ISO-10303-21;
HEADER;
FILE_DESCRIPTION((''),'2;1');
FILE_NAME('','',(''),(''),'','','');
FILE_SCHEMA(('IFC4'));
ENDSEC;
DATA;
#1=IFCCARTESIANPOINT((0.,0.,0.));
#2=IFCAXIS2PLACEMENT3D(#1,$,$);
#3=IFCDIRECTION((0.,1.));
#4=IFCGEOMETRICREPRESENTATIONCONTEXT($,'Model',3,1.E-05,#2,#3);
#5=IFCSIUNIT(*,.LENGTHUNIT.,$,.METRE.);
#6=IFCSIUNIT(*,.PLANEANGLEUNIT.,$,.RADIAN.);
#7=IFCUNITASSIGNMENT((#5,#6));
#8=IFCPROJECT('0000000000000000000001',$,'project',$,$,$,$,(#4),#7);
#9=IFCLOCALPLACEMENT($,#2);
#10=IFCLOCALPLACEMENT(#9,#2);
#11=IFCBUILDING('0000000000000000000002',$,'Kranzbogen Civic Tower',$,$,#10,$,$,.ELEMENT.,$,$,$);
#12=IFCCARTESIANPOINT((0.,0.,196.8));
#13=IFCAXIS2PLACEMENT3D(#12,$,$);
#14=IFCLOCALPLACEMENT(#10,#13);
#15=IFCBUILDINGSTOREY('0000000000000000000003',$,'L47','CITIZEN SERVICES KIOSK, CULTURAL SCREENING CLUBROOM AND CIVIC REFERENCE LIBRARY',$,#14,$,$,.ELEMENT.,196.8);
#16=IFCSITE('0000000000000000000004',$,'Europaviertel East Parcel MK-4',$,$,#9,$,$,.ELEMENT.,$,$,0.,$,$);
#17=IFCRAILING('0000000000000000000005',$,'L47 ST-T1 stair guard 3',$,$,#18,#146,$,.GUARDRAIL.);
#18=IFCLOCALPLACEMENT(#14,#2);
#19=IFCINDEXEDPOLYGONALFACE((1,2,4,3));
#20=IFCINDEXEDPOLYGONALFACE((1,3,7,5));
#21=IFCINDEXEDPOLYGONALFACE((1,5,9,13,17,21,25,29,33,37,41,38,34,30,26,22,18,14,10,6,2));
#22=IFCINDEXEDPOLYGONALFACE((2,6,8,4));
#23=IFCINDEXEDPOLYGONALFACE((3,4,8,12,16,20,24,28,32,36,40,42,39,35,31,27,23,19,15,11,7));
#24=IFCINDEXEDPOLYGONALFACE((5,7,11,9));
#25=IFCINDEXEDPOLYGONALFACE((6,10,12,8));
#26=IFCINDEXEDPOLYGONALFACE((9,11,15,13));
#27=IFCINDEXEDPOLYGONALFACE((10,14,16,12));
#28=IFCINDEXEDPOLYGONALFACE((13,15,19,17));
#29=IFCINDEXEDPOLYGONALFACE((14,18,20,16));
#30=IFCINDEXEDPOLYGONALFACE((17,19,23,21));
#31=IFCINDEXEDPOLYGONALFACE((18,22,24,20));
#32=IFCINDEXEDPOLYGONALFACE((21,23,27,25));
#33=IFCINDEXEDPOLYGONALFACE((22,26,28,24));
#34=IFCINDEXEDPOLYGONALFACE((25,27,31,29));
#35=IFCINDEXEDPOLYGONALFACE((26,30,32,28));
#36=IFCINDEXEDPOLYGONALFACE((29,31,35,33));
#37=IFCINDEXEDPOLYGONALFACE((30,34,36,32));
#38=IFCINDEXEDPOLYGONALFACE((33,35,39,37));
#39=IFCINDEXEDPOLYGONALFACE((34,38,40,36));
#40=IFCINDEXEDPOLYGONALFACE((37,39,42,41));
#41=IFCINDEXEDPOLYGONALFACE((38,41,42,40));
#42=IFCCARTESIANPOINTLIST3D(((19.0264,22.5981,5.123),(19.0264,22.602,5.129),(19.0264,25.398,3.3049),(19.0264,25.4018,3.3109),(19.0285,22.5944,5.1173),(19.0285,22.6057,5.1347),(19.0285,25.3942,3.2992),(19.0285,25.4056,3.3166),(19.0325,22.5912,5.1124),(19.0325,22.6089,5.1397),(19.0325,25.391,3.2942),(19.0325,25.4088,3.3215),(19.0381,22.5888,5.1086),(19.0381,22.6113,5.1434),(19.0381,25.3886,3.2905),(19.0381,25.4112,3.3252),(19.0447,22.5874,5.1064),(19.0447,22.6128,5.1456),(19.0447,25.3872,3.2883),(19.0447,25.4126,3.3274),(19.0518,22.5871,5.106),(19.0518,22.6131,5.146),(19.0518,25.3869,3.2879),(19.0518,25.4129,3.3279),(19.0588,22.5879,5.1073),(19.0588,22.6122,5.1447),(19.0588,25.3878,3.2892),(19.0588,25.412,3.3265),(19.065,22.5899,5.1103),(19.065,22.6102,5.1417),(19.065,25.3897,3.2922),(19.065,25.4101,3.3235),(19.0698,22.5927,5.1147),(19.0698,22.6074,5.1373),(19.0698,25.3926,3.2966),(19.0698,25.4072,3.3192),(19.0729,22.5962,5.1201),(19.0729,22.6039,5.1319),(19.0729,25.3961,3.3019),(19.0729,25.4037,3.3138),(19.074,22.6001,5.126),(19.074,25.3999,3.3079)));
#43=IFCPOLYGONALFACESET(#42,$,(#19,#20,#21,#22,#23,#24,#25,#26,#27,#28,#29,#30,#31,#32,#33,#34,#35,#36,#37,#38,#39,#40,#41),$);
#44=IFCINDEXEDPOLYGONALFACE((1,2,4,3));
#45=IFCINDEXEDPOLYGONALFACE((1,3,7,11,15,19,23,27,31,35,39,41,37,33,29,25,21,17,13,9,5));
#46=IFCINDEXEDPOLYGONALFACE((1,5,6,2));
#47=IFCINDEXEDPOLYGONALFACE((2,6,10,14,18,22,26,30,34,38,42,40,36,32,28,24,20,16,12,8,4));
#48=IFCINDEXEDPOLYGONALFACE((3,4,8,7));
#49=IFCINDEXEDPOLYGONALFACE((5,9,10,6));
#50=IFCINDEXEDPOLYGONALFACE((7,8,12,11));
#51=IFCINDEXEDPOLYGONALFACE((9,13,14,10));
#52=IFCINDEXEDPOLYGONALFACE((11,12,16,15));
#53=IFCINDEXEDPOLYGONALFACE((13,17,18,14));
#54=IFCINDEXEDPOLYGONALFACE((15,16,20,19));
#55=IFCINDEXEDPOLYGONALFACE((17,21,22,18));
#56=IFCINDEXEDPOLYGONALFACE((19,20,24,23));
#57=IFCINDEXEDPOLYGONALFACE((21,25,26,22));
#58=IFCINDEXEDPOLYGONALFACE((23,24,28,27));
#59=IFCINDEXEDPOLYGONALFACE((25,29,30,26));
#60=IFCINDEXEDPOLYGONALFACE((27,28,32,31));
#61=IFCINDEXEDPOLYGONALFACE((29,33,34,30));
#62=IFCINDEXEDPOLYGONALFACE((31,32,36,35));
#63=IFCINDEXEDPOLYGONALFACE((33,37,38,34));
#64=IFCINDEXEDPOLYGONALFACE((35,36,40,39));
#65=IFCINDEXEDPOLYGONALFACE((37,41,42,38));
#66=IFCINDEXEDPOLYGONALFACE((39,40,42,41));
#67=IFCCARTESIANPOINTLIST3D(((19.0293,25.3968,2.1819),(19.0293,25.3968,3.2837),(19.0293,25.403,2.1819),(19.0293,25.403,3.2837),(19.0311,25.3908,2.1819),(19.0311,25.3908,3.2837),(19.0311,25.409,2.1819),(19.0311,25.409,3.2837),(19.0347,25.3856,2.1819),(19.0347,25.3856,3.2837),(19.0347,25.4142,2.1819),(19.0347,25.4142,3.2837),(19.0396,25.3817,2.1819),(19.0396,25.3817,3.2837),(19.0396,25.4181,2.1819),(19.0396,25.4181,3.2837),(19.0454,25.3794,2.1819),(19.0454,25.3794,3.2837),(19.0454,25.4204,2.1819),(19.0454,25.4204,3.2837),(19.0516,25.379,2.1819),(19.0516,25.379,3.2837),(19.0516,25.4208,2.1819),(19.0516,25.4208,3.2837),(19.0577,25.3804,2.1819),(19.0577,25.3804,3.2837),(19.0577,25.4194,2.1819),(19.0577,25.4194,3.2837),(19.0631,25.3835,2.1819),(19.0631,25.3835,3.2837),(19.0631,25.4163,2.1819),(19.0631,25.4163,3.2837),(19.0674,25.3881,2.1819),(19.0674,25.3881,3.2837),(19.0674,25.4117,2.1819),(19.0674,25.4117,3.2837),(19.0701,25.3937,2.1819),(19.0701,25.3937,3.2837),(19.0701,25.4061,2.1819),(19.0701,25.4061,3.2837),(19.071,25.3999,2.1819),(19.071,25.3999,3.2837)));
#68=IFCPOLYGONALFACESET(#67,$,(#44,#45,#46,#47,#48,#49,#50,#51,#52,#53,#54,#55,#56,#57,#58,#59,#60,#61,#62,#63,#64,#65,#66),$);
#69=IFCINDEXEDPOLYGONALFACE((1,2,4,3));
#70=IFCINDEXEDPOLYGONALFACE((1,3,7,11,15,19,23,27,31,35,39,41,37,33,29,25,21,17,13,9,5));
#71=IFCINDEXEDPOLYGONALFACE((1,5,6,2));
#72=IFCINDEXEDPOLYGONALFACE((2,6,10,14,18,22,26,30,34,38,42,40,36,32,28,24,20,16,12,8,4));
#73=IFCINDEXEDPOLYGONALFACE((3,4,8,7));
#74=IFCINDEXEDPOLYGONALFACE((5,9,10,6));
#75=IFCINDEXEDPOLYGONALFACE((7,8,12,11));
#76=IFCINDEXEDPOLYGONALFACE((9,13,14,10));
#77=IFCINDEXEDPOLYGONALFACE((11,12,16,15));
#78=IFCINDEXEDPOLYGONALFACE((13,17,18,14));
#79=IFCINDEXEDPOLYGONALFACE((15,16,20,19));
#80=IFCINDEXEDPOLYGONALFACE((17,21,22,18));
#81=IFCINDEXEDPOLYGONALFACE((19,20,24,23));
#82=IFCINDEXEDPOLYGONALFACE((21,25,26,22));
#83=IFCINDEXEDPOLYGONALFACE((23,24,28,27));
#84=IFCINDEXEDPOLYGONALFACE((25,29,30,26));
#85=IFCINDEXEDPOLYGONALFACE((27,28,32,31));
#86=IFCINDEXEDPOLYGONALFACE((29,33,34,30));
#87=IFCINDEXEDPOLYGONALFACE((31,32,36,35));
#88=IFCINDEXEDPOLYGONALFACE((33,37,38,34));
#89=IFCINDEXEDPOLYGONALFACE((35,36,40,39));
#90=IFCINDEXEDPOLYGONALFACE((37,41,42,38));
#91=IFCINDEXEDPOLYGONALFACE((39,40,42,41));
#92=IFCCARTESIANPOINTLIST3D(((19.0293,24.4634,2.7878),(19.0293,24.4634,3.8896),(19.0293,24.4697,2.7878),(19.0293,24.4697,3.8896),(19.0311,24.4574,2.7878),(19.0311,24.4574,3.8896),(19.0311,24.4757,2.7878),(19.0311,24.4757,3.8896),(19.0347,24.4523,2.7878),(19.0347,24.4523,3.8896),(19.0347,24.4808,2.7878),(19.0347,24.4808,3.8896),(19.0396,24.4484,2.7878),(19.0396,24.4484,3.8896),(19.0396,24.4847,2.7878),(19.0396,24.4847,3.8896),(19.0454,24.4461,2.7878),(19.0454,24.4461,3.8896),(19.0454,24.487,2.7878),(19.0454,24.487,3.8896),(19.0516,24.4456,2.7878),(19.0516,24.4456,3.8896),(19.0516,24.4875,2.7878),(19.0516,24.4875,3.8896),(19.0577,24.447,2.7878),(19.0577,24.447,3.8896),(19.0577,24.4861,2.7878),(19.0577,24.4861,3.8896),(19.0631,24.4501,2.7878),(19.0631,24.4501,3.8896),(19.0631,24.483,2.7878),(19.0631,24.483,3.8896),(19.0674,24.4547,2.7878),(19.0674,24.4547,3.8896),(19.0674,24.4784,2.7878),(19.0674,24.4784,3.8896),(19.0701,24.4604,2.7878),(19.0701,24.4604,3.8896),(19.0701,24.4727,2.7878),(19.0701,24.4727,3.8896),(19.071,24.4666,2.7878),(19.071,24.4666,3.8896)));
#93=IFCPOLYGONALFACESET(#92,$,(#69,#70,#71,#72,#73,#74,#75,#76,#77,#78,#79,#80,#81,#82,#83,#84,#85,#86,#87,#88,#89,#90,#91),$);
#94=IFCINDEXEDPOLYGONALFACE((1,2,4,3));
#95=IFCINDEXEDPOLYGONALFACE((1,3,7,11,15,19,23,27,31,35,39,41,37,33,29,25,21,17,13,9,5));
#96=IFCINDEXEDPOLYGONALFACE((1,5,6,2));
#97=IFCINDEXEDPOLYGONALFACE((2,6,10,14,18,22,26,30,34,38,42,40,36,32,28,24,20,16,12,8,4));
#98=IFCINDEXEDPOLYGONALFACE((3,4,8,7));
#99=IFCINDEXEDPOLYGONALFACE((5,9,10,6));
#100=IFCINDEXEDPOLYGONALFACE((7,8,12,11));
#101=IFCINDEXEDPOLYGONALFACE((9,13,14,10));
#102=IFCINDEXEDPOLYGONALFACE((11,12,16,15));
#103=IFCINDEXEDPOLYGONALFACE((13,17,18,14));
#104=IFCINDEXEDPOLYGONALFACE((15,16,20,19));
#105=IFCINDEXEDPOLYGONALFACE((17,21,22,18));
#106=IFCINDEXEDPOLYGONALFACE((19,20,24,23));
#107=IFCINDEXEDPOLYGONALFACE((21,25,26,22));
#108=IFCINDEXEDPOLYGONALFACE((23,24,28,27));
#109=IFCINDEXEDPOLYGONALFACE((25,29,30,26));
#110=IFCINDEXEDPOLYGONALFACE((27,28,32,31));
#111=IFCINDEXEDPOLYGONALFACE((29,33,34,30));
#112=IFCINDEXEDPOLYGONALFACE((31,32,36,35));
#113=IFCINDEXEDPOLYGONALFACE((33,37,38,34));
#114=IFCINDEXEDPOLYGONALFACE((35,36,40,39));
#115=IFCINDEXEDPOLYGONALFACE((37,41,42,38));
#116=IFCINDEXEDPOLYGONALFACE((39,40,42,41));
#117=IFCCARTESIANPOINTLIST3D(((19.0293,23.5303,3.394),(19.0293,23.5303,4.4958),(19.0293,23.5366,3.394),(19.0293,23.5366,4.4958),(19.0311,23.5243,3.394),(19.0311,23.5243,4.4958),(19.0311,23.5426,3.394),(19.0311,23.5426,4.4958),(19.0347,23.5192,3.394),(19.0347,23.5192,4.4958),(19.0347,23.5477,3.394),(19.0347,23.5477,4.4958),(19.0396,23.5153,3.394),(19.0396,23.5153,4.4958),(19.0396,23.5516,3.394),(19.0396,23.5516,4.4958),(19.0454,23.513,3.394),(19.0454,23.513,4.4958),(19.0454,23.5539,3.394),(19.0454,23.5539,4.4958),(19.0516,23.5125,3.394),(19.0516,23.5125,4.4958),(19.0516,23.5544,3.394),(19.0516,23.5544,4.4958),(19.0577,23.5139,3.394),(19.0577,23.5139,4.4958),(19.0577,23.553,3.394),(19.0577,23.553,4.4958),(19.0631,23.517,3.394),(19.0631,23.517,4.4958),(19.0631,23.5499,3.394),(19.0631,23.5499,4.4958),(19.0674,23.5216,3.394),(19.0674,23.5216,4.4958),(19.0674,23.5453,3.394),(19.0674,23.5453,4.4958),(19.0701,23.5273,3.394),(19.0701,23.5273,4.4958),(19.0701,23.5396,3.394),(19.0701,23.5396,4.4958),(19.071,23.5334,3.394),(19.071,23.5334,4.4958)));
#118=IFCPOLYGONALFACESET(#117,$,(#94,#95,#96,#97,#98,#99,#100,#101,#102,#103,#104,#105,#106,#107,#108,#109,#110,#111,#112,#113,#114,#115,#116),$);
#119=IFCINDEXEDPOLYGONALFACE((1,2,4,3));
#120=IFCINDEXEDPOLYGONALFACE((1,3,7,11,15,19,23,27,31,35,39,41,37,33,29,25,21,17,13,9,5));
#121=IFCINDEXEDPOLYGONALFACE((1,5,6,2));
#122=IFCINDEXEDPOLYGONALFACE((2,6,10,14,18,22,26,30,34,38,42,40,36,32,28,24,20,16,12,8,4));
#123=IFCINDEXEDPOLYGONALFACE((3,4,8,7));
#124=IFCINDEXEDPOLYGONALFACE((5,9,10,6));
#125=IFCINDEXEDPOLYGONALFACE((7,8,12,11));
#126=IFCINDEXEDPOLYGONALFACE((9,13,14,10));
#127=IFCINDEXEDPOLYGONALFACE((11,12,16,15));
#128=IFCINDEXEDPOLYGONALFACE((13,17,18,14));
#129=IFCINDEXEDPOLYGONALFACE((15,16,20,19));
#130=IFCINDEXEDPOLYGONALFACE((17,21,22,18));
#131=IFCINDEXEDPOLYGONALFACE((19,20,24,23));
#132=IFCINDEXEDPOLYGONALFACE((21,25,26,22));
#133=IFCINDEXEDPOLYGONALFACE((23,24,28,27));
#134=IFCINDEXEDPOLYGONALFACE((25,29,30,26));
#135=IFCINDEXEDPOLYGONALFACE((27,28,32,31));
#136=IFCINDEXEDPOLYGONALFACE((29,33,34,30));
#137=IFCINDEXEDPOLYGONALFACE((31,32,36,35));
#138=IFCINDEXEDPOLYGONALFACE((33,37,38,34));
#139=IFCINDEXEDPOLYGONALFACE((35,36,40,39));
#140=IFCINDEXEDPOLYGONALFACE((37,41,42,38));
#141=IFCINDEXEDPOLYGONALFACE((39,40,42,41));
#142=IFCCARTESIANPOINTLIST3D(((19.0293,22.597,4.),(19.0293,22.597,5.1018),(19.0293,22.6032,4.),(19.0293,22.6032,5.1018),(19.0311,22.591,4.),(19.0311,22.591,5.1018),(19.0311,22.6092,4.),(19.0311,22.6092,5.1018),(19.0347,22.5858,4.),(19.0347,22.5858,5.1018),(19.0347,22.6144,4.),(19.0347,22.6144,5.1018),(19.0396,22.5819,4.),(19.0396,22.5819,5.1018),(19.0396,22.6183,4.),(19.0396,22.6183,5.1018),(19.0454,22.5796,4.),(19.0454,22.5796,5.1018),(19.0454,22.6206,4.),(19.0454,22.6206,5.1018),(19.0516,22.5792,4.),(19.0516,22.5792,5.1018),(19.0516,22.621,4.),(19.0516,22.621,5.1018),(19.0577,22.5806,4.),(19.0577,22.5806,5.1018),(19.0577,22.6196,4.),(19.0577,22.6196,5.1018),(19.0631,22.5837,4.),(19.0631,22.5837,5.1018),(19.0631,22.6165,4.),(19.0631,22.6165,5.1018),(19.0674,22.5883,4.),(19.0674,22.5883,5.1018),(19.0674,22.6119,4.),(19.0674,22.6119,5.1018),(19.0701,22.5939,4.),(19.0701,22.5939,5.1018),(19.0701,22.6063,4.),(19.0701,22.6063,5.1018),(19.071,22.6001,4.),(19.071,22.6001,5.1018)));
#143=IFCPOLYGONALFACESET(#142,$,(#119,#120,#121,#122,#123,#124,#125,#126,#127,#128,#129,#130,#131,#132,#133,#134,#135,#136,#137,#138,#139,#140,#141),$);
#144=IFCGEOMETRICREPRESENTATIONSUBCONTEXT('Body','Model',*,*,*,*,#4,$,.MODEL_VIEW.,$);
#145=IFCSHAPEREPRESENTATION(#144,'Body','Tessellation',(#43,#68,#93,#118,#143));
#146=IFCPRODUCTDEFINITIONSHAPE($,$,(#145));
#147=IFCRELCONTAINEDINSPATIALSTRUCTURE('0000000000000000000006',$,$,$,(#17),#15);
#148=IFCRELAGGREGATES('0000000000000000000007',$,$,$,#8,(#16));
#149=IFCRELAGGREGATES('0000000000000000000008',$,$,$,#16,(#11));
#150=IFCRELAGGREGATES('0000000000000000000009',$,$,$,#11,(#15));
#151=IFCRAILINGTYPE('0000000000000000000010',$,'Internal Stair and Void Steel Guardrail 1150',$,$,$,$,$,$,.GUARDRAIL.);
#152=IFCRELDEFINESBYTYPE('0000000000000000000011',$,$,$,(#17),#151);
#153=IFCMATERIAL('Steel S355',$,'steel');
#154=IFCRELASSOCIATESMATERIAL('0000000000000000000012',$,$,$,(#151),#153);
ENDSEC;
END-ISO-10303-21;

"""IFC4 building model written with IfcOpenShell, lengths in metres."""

from ifc_helpers import new_model, si_unit, direction, frame, origin, origin_2d, place, context, subcontext, project, spatial, circle, extrude, material, type_object, element, save


model = new_model("IFC4")

# Units and contexts
model_context = context("Model", 3, precision=1e-05, world=origin(), true_north=direction((0.0, 1.0)))
body_context = subcontext(model_context, "Body", "Model", "MODEL_VIEW")
ifc_project = project(units=[si_unit("LENGTHUNIT", "METRE"), si_unit("PLANEANGLEUNIT", "RADIAN")], contexts=[model_context])

# Site, building, storey
site_placement = place(None, origin())
site = spatial("IfcSite", under=ifc_project, at=site_placement, Name="Europaviertel East Parcel MK-4", CompositionType="ELEMENT", RefElevation=0.0)
building_placement = place(site_placement, origin())
building = spatial("IfcBuilding", under=site, at=building_placement, Name="Kranzbogen Civic Tower", CompositionType="ELEMENT")
storey_placement = place(building_placement, frame((0.0, 0.0, 196.8)))
storey = spatial("IfcBuildingStorey", under=building, at=storey_placement, Name="L47", Description="CITIZEN SERVICES KIOSK, CULTURAL SCREENING CLUBROOM AND CIVIC REFERENCE LIBRARY", CompositionType="ELEMENT", Elevation=196.8)

# Shared definitions
ifc_material_1 = material(Name="Steel S355", Category="steel")

# Railing
railing_type_1 = type_object("IfcRailingType", Name="Internal Stair and Void Steel Guardrail 1150", PredefinedType="GUARDRAIL", material=ifc_material_1)
railing_1_placement = place(storey_placement, frame((19.05, 25.3999, 2.1819)))
element("IfcRailing", 1, at=railing_1_placement, inside=storey, type_object=railing_type_1, Name="L47 ST-T1 stair guard 3", PredefinedType="GUARDRAIL", context=body_context, shape_type="SweptSolid", body=[
    extrude(circle(Radius=0.0239, at=origin_2d()), frame((0.0, 0.0, 1.126), z_axis=(0.0, -0.838684, 0.544618), x_axis=(1.0, 0.0, 0.0)), (0.0, 0.0, 1.0), 3.3384),
    extrude(circle(Radius=0.021, at=origin_2d()), origin(), (0.0, 0.0, 1.0), 1.1018),
    extrude(circle(Radius=0.021, at=origin_2d()), frame((0.0, -0.9333, 0.606)), (0.0, 0.0, 1.0), 1.1018),
    extrude(circle(Radius=0.021, at=origin_2d()), frame((0.0, -1.8665, 1.2122)), (0.0, 0.0, 1.0), 1.1018),
    extrude(circle(Radius=0.021, at=origin_2d()), frame((0.0, -2.7998, 1.8181)), (0.0, 0.0, 1.0), 1.1018),
])

save(model, "model.ifc")
